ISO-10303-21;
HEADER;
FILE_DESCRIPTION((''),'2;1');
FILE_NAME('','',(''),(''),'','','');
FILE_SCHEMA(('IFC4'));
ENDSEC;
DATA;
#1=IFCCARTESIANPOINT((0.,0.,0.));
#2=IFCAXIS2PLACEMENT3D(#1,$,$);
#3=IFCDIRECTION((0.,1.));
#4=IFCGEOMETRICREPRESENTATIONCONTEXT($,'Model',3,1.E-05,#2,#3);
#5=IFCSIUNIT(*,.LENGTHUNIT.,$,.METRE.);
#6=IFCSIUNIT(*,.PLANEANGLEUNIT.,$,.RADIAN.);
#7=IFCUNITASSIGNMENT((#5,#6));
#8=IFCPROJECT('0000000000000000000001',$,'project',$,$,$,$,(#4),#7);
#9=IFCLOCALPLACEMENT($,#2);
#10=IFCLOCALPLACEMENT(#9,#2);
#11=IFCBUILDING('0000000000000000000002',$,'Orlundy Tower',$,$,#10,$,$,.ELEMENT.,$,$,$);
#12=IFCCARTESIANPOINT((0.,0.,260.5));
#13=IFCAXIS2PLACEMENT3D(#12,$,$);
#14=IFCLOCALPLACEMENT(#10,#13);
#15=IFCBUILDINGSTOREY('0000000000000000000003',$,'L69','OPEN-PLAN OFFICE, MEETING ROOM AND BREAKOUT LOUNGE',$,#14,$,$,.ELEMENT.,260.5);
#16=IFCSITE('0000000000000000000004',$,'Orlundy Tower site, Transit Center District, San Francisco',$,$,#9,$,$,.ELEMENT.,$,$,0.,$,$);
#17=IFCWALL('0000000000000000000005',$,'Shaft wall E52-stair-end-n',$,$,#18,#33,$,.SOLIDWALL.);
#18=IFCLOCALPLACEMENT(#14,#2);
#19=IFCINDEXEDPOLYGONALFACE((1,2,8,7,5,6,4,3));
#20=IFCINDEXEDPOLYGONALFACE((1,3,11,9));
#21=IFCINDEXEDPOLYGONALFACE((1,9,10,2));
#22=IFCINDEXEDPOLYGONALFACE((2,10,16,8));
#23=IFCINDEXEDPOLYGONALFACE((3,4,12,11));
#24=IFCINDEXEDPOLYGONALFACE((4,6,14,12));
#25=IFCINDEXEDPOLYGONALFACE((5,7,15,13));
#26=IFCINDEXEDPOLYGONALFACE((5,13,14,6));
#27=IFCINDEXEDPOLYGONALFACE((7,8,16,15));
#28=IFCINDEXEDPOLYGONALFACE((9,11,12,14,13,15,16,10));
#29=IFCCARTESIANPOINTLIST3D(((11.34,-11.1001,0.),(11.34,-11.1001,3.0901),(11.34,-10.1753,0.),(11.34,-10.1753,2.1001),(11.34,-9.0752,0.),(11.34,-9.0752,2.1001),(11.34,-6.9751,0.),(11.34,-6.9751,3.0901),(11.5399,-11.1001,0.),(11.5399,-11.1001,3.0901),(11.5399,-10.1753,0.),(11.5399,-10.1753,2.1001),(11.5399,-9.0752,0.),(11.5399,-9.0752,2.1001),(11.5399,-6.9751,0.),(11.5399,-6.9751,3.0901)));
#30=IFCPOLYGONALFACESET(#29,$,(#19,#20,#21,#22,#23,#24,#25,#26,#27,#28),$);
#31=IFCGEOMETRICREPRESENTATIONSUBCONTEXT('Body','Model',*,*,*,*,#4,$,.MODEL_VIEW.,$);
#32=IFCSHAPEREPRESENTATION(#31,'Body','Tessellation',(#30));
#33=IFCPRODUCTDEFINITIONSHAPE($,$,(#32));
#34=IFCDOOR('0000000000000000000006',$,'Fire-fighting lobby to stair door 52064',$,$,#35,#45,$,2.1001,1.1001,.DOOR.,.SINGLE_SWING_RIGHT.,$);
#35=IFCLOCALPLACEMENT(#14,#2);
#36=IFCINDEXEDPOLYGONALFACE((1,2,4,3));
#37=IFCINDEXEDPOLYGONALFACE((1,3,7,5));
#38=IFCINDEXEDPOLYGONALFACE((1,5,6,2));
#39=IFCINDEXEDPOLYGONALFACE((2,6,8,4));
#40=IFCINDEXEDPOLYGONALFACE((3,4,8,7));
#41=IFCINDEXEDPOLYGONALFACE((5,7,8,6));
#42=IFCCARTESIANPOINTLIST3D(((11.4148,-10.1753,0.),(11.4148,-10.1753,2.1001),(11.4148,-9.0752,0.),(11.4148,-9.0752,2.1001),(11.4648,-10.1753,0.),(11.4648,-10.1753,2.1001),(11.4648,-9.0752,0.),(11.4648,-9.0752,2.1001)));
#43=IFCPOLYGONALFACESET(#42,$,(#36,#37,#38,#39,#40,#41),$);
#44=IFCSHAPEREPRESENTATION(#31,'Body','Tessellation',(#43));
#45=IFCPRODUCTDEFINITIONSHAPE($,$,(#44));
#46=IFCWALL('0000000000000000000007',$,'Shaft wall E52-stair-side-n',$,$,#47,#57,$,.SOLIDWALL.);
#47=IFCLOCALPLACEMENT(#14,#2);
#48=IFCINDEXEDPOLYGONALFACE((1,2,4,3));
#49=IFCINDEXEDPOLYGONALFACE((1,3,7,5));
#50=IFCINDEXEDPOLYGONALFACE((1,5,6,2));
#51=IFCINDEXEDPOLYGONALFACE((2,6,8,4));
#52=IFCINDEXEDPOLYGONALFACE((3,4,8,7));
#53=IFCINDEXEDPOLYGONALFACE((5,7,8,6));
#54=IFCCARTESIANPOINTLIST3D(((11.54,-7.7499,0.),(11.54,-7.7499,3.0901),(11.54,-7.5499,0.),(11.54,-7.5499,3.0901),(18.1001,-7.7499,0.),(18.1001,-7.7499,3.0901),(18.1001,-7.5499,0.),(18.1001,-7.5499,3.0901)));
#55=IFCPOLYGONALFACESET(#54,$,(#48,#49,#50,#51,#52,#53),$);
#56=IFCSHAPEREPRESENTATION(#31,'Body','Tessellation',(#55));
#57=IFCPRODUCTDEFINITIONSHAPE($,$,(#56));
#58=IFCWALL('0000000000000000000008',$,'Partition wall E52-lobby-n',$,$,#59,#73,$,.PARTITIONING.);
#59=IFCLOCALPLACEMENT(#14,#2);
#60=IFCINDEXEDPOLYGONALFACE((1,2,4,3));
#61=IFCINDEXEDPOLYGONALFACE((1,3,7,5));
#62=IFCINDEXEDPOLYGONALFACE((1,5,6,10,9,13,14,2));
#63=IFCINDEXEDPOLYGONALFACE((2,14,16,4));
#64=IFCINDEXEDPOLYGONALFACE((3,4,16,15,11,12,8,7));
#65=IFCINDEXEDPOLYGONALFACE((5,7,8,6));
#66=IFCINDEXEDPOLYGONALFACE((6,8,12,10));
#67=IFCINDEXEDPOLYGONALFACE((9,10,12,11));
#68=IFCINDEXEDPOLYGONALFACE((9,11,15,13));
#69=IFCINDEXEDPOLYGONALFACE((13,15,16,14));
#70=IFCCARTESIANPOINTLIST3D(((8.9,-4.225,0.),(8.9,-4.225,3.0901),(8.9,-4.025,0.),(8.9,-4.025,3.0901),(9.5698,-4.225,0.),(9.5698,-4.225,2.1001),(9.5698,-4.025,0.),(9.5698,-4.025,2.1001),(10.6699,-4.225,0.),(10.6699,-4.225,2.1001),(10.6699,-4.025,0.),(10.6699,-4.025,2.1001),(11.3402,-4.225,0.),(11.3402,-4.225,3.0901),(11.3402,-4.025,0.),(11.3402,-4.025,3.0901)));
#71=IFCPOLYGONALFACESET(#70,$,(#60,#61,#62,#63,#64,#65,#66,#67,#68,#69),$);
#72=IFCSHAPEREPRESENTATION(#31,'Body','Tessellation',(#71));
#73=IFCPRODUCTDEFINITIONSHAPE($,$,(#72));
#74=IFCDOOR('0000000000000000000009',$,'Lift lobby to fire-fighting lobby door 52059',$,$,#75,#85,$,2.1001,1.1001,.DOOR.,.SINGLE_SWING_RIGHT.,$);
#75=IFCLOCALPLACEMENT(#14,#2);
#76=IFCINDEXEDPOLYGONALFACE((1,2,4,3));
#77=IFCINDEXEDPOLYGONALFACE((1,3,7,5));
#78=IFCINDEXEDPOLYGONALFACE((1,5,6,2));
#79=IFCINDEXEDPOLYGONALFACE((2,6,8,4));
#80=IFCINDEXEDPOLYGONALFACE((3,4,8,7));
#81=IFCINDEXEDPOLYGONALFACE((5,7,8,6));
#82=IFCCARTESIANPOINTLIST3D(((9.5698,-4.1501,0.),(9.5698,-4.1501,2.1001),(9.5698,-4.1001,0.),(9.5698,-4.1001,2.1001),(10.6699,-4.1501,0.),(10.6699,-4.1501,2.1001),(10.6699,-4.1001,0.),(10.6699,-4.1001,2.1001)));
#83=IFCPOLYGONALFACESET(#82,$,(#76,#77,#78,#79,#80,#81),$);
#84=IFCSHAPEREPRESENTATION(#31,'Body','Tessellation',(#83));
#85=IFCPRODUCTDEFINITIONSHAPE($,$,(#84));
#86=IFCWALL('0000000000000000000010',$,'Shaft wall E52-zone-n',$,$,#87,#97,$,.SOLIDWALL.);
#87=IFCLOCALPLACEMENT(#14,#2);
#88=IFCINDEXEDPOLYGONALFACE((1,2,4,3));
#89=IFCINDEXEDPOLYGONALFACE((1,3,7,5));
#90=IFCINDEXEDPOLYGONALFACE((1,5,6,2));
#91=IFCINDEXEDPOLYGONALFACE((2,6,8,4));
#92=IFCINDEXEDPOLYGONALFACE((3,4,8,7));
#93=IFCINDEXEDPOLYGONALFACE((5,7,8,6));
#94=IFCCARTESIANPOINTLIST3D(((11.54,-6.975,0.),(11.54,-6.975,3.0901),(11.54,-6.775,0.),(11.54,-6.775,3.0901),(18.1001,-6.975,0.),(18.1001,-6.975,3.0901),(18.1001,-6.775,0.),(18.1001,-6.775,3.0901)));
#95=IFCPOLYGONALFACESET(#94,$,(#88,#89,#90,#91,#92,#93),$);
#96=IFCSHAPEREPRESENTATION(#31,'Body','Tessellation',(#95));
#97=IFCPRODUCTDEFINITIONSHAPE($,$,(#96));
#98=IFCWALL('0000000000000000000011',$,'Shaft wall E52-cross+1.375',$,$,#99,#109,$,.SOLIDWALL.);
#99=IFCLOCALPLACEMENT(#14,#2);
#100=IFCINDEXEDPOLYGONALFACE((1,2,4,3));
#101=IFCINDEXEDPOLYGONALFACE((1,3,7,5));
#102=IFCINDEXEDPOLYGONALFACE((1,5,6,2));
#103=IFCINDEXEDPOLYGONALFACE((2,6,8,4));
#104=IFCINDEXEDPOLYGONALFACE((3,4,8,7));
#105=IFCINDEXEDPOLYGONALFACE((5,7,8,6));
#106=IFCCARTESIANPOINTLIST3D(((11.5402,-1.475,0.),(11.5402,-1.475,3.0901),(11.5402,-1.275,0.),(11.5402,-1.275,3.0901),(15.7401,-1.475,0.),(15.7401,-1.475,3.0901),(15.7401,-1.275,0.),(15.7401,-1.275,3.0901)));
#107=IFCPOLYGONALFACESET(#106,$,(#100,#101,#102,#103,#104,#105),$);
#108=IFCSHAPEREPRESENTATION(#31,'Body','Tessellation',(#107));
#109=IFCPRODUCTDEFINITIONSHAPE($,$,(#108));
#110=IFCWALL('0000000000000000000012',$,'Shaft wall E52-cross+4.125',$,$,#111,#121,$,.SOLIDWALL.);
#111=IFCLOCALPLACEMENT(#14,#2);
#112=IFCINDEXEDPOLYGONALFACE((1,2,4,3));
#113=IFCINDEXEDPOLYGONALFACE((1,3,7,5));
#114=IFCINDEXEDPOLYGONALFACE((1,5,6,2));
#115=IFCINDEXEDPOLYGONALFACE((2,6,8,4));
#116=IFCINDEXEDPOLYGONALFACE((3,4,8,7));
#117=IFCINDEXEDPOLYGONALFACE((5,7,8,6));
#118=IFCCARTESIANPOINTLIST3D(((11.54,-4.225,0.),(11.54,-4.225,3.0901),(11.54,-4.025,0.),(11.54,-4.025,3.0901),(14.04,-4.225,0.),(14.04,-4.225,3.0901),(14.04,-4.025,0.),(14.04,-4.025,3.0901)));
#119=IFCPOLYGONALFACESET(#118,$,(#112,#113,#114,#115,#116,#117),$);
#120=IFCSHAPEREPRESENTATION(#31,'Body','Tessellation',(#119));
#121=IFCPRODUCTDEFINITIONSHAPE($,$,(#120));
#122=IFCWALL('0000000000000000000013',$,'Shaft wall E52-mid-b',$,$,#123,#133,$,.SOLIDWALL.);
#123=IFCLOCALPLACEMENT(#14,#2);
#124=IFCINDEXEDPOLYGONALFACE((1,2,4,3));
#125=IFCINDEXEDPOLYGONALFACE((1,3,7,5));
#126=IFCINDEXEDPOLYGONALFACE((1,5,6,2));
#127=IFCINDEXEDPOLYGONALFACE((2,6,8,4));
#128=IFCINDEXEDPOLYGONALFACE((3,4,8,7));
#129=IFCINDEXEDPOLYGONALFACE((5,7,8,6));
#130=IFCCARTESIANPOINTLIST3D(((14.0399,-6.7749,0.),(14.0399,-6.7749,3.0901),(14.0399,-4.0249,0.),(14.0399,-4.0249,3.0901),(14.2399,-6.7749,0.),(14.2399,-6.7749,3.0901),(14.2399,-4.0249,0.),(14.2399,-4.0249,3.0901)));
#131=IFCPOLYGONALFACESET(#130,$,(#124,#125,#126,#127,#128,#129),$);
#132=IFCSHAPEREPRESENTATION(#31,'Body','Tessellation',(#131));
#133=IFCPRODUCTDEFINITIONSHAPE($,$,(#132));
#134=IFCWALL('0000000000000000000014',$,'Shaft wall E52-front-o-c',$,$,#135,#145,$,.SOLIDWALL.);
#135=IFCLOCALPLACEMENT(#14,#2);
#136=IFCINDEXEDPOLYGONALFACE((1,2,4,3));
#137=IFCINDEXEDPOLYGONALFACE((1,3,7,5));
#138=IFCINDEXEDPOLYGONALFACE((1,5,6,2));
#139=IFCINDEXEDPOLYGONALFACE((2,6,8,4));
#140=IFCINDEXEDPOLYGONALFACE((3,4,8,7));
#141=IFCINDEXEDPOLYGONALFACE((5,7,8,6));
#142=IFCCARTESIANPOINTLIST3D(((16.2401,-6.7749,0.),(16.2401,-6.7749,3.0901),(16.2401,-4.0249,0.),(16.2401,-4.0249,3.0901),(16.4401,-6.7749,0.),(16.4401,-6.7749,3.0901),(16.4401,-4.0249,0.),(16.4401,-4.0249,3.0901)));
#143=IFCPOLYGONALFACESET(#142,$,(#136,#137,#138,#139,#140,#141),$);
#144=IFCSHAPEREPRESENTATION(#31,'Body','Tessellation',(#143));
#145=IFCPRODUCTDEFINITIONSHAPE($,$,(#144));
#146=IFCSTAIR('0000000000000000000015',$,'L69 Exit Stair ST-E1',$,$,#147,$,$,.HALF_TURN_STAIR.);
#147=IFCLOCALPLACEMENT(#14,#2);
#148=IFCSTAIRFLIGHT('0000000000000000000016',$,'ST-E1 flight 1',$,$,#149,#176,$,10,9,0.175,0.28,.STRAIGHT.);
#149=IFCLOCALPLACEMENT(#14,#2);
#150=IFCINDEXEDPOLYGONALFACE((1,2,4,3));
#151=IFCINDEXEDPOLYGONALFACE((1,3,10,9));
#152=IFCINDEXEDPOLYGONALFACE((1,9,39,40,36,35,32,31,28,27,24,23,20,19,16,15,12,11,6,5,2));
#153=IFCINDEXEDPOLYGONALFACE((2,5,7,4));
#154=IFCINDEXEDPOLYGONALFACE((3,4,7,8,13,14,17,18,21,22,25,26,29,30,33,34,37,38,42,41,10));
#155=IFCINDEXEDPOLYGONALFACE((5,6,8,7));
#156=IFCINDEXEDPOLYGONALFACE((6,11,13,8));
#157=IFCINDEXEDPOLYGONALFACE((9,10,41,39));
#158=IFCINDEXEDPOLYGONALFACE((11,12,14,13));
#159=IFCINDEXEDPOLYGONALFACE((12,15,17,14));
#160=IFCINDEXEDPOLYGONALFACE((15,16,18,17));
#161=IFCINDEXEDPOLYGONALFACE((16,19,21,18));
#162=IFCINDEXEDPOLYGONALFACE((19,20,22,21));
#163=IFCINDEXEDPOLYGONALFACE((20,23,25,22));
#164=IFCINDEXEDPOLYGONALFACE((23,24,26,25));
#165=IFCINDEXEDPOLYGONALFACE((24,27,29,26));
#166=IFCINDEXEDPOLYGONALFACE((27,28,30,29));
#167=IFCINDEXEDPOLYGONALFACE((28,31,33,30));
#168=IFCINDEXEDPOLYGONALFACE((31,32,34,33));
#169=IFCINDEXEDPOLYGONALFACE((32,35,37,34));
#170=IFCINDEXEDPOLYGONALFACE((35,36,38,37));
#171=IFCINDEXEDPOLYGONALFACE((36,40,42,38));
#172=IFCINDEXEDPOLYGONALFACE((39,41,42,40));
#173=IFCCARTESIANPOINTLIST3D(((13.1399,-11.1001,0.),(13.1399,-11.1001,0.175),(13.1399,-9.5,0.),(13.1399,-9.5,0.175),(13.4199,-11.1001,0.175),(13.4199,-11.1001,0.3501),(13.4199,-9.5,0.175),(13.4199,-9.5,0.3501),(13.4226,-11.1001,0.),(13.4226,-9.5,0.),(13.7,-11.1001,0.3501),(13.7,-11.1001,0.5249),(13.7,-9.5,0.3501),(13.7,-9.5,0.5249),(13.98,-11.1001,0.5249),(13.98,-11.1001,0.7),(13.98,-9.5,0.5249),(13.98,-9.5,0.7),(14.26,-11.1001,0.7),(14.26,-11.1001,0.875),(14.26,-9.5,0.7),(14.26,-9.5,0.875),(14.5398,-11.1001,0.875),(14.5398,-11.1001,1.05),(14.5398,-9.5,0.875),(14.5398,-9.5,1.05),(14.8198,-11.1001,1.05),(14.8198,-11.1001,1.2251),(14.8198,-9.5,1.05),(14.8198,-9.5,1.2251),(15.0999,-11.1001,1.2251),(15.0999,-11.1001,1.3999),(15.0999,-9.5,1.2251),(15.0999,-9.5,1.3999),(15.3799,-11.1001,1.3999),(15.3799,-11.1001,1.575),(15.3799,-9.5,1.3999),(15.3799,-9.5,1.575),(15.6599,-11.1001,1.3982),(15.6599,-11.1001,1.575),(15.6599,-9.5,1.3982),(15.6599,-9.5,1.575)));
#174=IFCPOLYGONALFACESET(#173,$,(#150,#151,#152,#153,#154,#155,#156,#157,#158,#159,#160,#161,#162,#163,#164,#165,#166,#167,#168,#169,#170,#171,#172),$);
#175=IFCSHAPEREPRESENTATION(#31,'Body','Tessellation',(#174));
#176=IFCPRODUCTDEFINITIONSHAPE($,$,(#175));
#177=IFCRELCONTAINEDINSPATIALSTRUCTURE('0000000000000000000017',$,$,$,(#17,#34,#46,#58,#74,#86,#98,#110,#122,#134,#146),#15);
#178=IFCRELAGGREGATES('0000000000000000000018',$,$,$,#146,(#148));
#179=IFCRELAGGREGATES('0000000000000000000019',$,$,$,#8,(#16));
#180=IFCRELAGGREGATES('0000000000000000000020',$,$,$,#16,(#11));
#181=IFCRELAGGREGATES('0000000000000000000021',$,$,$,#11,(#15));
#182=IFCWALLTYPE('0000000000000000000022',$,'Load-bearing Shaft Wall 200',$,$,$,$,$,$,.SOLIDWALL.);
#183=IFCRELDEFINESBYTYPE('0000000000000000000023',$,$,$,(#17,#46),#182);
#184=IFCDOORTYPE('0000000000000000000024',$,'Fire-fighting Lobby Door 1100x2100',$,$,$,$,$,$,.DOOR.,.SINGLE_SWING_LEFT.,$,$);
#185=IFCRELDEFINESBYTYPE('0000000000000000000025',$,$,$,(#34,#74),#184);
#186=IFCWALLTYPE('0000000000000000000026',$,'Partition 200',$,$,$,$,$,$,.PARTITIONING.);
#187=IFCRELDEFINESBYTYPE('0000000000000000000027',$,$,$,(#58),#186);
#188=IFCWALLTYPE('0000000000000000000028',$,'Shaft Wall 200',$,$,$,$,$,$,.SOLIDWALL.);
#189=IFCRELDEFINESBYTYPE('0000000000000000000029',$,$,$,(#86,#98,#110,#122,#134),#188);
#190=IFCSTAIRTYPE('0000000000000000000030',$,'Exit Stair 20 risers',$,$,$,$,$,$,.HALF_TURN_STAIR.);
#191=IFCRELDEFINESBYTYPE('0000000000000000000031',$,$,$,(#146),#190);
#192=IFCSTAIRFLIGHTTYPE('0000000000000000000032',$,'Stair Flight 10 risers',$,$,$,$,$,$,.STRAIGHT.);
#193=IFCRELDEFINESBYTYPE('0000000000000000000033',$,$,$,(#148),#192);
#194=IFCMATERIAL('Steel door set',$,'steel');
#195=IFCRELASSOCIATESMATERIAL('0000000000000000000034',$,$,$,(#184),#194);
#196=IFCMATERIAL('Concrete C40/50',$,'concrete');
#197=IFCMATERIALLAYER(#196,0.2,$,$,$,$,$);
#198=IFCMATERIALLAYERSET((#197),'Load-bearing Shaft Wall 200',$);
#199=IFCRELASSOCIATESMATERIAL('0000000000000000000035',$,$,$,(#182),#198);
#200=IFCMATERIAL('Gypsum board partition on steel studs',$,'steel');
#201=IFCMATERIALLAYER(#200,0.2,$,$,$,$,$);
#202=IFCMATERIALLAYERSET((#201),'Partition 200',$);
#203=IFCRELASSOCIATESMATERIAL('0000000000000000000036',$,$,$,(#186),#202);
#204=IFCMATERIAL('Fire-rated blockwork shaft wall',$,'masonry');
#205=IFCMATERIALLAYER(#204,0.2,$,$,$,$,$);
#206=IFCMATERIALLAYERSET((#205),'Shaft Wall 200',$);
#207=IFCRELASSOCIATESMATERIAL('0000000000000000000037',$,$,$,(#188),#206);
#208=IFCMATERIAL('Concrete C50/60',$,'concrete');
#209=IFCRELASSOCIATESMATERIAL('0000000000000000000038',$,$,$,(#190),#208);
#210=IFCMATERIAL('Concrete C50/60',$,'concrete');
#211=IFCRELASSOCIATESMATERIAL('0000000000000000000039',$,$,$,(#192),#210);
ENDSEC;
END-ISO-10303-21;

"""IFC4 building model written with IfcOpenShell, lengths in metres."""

from ifc_helpers import new_model, si_unit, direction, frame, frame_2d, origin, place, context, subcontext, project, spatial, polyline, rectangle, outline, extrude, material, layer, layer_set, type_object, element, fill, aggregate, save


model = new_model("IFC4")

# Units and contexts
model_context = context("Model", 3, precision=1e-05, world=origin(), true_north=direction((0.0, 1.0)))
body_context = subcontext(model_context, "Body", "Model", "MODEL_VIEW")
ifc_project = project(units=[si_unit("LENGTHUNIT", "METRE"), si_unit("PLANEANGLEUNIT", "RADIAN")], contexts=[model_context])

# Site, building, storey
site_placement = place(None, origin())
site = spatial("IfcSite", under=ifc_project, at=site_placement, Name="Orlundy Tower site, Transit Center District, San Francisco", CompositionType="ELEMENT", RefElevation=0.0)
building_placement = place(site_placement, origin())
building = spatial("IfcBuilding", under=site, at=building_placement, Name="Orlundy Tower", CompositionType="ELEMENT")
storey_placement = place(building_placement, frame((0.0, 0.0, 260.5)))
storey = spatial("IfcBuildingStorey", under=building, at=storey_placement, Name="L69", Description="OPEN-PLAN OFFICE, MEETING ROOM AND BREAKOUT LOUNGE", CompositionType="ELEMENT", Elevation=260.5)

# Shared definitions
ifc_material_1 = material(Name="Steel door set", Category="steel")
door_type_1 = type_object("IfcDoorType", Name="Fire-fighting Lobby Door 1100x2100", OperationType="SINGLE_SWING_LEFT", PredefinedType="DOOR", material=ifc_material_1)

# Wall, opening, door
ifc_material_2 = material(Name="Concrete C40/50", Category="concrete")
ifc_layer_1 = layer(ifc_material_2, 0.2)
ifc_layer_set_1 = layer_set([ifc_layer_1], Name="Load-bearing Shaft Wall 200")
wall_type_1 = type_object("IfcWallType", Name="Load-bearing Shaft Wall 200", PredefinedType="SOLIDWALL", material=ifc_layer_set_1)
wall_1_placement = place(storey_placement, frame((11.4399, -6.9751, 0.0), z_axis=(0.0, 0.0, 1.0), x_axis=(0.0, -1.0, 0.0)))
wall_1 = element("IfcWall", 1, at=wall_1_placement, inside=storey, type_object=wall_type_1, Name="Shaft wall E52-stair-end-n", PredefinedType="SOLIDWALL", context=body_context, shape_type="SweptSolid", body=[
    extrude(rectangle(XDim=4.125, YDim=0.2, at=frame_2d((2.0625, 0.0))), origin(), (0.0, 0.0, 1.0), 3.0901),
])
opening_1_placement = place(wall_1_placement, frame((2.1001, 0.0, 0.0)))
opening_1 = element("IfcOpeningElement", 2, at=opening_1_placement, cuts=wall_1, PredefinedType="OPENING", context=body_context, shape_type="SweptSolid", body=[
    extrude(rectangle(XDim=1.1001, YDim=2.1001, at=frame_2d((0.55, 1.05))), frame((0.0, 0.1101, 0.0), z_axis=(0.0, -1.0, 0.0), x_axis=(1.0, 0.0, 0.0)), (0.0, 0.0, 1.0), 0.2202),
])
door_1_placement = place(opening_1_placement, origin())
door_1 = element("IfcDoor", 3, at=door_1_placement, inside=storey, type_object=door_type_1, Name="Fire-fighting lobby to stair door 52064", OperationType="SINGLE_SWING_RIGHT", OverallHeight=2.1001, OverallWidth=1.1001, PredefinedType="DOOR", context=body_context, shape_type="SweptSolid", body=[
    extrude(rectangle(XDim=1.1001, YDim=2.1001, at=frame_2d((0.55, 1.05))), frame((0.0, 0.0249, 0.0), z_axis=(0.0, -1.0, 0.0), x_axis=(1.0, 0.0, 0.0)), (0.0, 0.0, 1.0), 0.05),
])
fill(opening_1, door_1)

# Wall
wall_2_placement = place(storey_placement, frame((11.54, -7.6499, 0.0), z_axis=(0.0, 0.0, 1.0), x_axis=(1.0, 0.0, 0.0)))
element("IfcWall", 4, at=wall_2_placement, inside=storey, type_object=wall_type_1, Name="Shaft wall E52-stair-side-n", PredefinedType="SOLIDWALL", context=body_context, shape_type="SweptSolid", body=[
    extrude(rectangle(XDim=6.5601, YDim=0.2, at=frame_2d((3.28, 0.0))), origin(), (0.0, 0.0, 1.0), 3.0901),
])

# Wall, opening, door
ifc_material_3 = material(Name="Gypsum board partition on steel studs", Category="steel")
ifc_layer_2 = layer(ifc_material_3, 0.2)
ifc_layer_set_2 = layer_set([ifc_layer_2], Name="Partition 200")
wall_type_2 = type_object("IfcWallType", Name="Partition 200", PredefinedType="PARTITIONING", material=ifc_layer_set_2)
wall_3_placement = place(storey_placement, frame((8.8999, -4.125, 0.0), z_axis=(0.0, 0.0, 1.0), x_axis=(1.0, 0.0, 0.0)))
wall_3 = element("IfcWall", 5, at=wall_3_placement, inside=storey, type_object=wall_type_2, Name="Partition wall E52-lobby-n", PredefinedType="PARTITIONING", context=body_context, shape_type="SweptSolid", body=[
    extrude(rectangle(XDim=2.4402, YDim=0.2, at=frame_2d((1.2202, 0.0))), origin(), (0.0, 0.0, 1.0), 3.0901),
])
opening_2_placement = place(wall_3_placement, frame((0.6699, 0.0, 0.0)))
opening_2 = element("IfcOpeningElement", 6, at=opening_2_placement, cuts=wall_3, PredefinedType="OPENING", context=body_context, shape_type="SweptSolid", body=[
    extrude(rectangle(XDim=1.1001, YDim=2.1001, at=frame_2d((0.55, 1.05))), frame((0.0, 0.1101, 0.0), z_axis=(0.0, -1.0, 0.0), x_axis=(1.0, 0.0, 0.0)), (0.0, 0.0, 1.0), 0.2202),
])
door_2_placement = place(opening_2_placement, origin())
door_2 = element("IfcDoor", 7, at=door_2_placement, inside=storey, type_object=door_type_1, Name="Lift lobby to fire-fighting lobby door 52059", OperationType="SINGLE_SWING_RIGHT", OverallHeight=2.1001, OverallWidth=1.1001, PredefinedType="DOOR", context=body_context, shape_type="SweptSolid", body=[
    extrude(rectangle(XDim=1.1001, YDim=2.1001, at=frame_2d((0.55, 1.05))), frame((0.0, 0.0249, 0.0), z_axis=(0.0, -1.0, 0.0), x_axis=(1.0, 0.0, 0.0)), (0.0, 0.0, 1.0), 0.05),
])
fill(opening_2, door_2)

# Walls
ifc_material_4 = material(Name="Fire-rated blockwork shaft wall", Category="masonry")
ifc_layer_3 = layer(ifc_material_4, 0.2)
ifc_layer_set_3 = layer_set([ifc_layer_3], Name="Shaft Wall 200")
wall_type_3 = type_object("IfcWallType", Name="Shaft Wall 200", PredefinedType="SOLIDWALL", material=ifc_layer_set_3)
wall_4_placement = place(storey_placement, frame((11.54, -6.875, 0.0), z_axis=(0.0, 0.0, 1.0), x_axis=(1.0, 0.0, 0.0)))
element("IfcWall", 8, at=wall_4_placement, inside=storey, type_object=wall_type_3, Name="Shaft wall E52-zone-n", PredefinedType="SOLIDWALL", context=body_context, shape_type="SweptSolid", body=[
    extrude(rectangle(XDim=6.5601, YDim=0.2, at=frame_2d((3.28, 0.0))), origin(), (0.0, 0.0, 1.0), 3.0901),
])
wall_5_placement = place(storey_placement, frame((11.54, -1.375, 0.0), z_axis=(0.0, 0.0, 1.0), x_axis=(1.0, 0.0, 0.0)))
element("IfcWall", 9, at=wall_5_placement, inside=storey, type_object=wall_type_3, Name="Shaft wall E52-cross+1.375", PredefinedType="SOLIDWALL", context=body_context, shape_type="SweptSolid", body=[
    extrude(rectangle(XDim=4.2, YDim=0.2, at=frame_2d((2.1001, 0.0))), origin(), (0.0, 0.0, 1.0), 3.0901),
])
wall_6_placement = place(storey_placement, frame((11.54, -4.125, 0.0), z_axis=(0.0, 0.0, 1.0), x_axis=(1.0, 0.0, 0.0)))
element("IfcWall", 10, at=wall_6_placement, inside=storey, type_object=wall_type_3, Name="Shaft wall E52-cross+4.125", PredefinedType="SOLIDWALL", context=body_context, shape_type="SweptSolid", body=[
    extrude(rectangle(XDim=2.5, YDim=0.2, at=frame_2d((1.25, 0.0))), origin(), (0.0, 0.0, 1.0), 3.0901),
])
for number, where, z_axis, x_axis, name in (
    (11, (14.1399, -4.0249, 0.0), (0.0, 0.0, 1.0), (0.0, -1.0, 0.0), "Shaft wall E52-mid-b"),
    (12, (16.3401, -4.0249, 0.0), (0.0, 0.0, 1.0), (0.0, -1.0, 0.0), "Shaft wall E52-front-o-c"),
):
    element("IfcWall", number, at=place(storey_placement, frame(where, z_axis=z_axis, x_axis=x_axis)), inside=storey, type_object=wall_type_3, Name=name, PredefinedType="SOLIDWALL", context=body_context, shape_type="SweptSolid", body=[
        extrude(rectangle(XDim=2.75, YDim=0.2, at=frame_2d((1.375, 0.0))), origin(), (0.0, 0.0, 1.0), 3.0901),
    ])

# Stair, stair flight
ifc_material_5 = material(Name="Concrete C50/60", Category="concrete")
stair_type = type_object("IfcStairType", Name="Exit Stair 20 risers", PredefinedType="HALF_TURN_STAIR", material=ifc_material_5)
stair_placement = place(storey_placement, origin())
stair = element("IfcStair", 13, at=stair_placement, inside=storey, type_object=stair_type, Name="L69 Exit Stair ST-E1", PredefinedType="HALF_TURN_STAIR")
ifc_material_6 = material(Name="Concrete C50/60", Category="concrete")
stair_flight_type = type_object("IfcStairFlightType", Name="Stair Flight 10 risers", PredefinedType="STRAIGHT", material=ifc_material_6)
stair_flight_1_placement = place(storey_placement, frame((13.1399, -10.3, 0.0), z_axis=(0.0, 0.0, 1.0), x_axis=(1.0, 0.0, 0.0)))
stair_flight_1 = element("IfcStairFlight", 14, at=stair_flight_1_placement, type_object=stair_flight_type, Name="ST-E1 flight 1", NumberOfRisers=10, NumberOfTreads=9, PredefinedType="STRAIGHT", RiserHeight=0.175, TreadLength=0.28, context=body_context, shape_type="SweptSolid", body=[
    extrude(outline(polyline([(0.0, 0.0), (0.0, 0.175), (0.28, 0.175), (0.28, 0.3501), (0.5601, 0.3501), (0.5601, 0.5249), (0.8401, 0.5249), (0.8401, 0.7), (1.1201, 0.7), (1.1201, 0.875), (1.3999, 0.875), (1.3999, 1.05), (1.6799, 1.05), (1.6799, 1.2251), (1.96, 1.2251), (1.96, 1.3999), (2.24, 1.3999), (2.24, 1.575), (2.52, 1.575), (2.52, 1.75), (2.52, 1.3982), (0.2827, 0.0), (0.0, 0.0)])), frame((0.0, 0.8, 0.0), z_axis=(0.0, -1.0, 0.0), x_axis=(1.0, 0.0, 0.0)), (0.0, 0.0, 1.0), 1.6001),
])
aggregate(stair, [stair_flight_1])

save(model, "model.ifc")
